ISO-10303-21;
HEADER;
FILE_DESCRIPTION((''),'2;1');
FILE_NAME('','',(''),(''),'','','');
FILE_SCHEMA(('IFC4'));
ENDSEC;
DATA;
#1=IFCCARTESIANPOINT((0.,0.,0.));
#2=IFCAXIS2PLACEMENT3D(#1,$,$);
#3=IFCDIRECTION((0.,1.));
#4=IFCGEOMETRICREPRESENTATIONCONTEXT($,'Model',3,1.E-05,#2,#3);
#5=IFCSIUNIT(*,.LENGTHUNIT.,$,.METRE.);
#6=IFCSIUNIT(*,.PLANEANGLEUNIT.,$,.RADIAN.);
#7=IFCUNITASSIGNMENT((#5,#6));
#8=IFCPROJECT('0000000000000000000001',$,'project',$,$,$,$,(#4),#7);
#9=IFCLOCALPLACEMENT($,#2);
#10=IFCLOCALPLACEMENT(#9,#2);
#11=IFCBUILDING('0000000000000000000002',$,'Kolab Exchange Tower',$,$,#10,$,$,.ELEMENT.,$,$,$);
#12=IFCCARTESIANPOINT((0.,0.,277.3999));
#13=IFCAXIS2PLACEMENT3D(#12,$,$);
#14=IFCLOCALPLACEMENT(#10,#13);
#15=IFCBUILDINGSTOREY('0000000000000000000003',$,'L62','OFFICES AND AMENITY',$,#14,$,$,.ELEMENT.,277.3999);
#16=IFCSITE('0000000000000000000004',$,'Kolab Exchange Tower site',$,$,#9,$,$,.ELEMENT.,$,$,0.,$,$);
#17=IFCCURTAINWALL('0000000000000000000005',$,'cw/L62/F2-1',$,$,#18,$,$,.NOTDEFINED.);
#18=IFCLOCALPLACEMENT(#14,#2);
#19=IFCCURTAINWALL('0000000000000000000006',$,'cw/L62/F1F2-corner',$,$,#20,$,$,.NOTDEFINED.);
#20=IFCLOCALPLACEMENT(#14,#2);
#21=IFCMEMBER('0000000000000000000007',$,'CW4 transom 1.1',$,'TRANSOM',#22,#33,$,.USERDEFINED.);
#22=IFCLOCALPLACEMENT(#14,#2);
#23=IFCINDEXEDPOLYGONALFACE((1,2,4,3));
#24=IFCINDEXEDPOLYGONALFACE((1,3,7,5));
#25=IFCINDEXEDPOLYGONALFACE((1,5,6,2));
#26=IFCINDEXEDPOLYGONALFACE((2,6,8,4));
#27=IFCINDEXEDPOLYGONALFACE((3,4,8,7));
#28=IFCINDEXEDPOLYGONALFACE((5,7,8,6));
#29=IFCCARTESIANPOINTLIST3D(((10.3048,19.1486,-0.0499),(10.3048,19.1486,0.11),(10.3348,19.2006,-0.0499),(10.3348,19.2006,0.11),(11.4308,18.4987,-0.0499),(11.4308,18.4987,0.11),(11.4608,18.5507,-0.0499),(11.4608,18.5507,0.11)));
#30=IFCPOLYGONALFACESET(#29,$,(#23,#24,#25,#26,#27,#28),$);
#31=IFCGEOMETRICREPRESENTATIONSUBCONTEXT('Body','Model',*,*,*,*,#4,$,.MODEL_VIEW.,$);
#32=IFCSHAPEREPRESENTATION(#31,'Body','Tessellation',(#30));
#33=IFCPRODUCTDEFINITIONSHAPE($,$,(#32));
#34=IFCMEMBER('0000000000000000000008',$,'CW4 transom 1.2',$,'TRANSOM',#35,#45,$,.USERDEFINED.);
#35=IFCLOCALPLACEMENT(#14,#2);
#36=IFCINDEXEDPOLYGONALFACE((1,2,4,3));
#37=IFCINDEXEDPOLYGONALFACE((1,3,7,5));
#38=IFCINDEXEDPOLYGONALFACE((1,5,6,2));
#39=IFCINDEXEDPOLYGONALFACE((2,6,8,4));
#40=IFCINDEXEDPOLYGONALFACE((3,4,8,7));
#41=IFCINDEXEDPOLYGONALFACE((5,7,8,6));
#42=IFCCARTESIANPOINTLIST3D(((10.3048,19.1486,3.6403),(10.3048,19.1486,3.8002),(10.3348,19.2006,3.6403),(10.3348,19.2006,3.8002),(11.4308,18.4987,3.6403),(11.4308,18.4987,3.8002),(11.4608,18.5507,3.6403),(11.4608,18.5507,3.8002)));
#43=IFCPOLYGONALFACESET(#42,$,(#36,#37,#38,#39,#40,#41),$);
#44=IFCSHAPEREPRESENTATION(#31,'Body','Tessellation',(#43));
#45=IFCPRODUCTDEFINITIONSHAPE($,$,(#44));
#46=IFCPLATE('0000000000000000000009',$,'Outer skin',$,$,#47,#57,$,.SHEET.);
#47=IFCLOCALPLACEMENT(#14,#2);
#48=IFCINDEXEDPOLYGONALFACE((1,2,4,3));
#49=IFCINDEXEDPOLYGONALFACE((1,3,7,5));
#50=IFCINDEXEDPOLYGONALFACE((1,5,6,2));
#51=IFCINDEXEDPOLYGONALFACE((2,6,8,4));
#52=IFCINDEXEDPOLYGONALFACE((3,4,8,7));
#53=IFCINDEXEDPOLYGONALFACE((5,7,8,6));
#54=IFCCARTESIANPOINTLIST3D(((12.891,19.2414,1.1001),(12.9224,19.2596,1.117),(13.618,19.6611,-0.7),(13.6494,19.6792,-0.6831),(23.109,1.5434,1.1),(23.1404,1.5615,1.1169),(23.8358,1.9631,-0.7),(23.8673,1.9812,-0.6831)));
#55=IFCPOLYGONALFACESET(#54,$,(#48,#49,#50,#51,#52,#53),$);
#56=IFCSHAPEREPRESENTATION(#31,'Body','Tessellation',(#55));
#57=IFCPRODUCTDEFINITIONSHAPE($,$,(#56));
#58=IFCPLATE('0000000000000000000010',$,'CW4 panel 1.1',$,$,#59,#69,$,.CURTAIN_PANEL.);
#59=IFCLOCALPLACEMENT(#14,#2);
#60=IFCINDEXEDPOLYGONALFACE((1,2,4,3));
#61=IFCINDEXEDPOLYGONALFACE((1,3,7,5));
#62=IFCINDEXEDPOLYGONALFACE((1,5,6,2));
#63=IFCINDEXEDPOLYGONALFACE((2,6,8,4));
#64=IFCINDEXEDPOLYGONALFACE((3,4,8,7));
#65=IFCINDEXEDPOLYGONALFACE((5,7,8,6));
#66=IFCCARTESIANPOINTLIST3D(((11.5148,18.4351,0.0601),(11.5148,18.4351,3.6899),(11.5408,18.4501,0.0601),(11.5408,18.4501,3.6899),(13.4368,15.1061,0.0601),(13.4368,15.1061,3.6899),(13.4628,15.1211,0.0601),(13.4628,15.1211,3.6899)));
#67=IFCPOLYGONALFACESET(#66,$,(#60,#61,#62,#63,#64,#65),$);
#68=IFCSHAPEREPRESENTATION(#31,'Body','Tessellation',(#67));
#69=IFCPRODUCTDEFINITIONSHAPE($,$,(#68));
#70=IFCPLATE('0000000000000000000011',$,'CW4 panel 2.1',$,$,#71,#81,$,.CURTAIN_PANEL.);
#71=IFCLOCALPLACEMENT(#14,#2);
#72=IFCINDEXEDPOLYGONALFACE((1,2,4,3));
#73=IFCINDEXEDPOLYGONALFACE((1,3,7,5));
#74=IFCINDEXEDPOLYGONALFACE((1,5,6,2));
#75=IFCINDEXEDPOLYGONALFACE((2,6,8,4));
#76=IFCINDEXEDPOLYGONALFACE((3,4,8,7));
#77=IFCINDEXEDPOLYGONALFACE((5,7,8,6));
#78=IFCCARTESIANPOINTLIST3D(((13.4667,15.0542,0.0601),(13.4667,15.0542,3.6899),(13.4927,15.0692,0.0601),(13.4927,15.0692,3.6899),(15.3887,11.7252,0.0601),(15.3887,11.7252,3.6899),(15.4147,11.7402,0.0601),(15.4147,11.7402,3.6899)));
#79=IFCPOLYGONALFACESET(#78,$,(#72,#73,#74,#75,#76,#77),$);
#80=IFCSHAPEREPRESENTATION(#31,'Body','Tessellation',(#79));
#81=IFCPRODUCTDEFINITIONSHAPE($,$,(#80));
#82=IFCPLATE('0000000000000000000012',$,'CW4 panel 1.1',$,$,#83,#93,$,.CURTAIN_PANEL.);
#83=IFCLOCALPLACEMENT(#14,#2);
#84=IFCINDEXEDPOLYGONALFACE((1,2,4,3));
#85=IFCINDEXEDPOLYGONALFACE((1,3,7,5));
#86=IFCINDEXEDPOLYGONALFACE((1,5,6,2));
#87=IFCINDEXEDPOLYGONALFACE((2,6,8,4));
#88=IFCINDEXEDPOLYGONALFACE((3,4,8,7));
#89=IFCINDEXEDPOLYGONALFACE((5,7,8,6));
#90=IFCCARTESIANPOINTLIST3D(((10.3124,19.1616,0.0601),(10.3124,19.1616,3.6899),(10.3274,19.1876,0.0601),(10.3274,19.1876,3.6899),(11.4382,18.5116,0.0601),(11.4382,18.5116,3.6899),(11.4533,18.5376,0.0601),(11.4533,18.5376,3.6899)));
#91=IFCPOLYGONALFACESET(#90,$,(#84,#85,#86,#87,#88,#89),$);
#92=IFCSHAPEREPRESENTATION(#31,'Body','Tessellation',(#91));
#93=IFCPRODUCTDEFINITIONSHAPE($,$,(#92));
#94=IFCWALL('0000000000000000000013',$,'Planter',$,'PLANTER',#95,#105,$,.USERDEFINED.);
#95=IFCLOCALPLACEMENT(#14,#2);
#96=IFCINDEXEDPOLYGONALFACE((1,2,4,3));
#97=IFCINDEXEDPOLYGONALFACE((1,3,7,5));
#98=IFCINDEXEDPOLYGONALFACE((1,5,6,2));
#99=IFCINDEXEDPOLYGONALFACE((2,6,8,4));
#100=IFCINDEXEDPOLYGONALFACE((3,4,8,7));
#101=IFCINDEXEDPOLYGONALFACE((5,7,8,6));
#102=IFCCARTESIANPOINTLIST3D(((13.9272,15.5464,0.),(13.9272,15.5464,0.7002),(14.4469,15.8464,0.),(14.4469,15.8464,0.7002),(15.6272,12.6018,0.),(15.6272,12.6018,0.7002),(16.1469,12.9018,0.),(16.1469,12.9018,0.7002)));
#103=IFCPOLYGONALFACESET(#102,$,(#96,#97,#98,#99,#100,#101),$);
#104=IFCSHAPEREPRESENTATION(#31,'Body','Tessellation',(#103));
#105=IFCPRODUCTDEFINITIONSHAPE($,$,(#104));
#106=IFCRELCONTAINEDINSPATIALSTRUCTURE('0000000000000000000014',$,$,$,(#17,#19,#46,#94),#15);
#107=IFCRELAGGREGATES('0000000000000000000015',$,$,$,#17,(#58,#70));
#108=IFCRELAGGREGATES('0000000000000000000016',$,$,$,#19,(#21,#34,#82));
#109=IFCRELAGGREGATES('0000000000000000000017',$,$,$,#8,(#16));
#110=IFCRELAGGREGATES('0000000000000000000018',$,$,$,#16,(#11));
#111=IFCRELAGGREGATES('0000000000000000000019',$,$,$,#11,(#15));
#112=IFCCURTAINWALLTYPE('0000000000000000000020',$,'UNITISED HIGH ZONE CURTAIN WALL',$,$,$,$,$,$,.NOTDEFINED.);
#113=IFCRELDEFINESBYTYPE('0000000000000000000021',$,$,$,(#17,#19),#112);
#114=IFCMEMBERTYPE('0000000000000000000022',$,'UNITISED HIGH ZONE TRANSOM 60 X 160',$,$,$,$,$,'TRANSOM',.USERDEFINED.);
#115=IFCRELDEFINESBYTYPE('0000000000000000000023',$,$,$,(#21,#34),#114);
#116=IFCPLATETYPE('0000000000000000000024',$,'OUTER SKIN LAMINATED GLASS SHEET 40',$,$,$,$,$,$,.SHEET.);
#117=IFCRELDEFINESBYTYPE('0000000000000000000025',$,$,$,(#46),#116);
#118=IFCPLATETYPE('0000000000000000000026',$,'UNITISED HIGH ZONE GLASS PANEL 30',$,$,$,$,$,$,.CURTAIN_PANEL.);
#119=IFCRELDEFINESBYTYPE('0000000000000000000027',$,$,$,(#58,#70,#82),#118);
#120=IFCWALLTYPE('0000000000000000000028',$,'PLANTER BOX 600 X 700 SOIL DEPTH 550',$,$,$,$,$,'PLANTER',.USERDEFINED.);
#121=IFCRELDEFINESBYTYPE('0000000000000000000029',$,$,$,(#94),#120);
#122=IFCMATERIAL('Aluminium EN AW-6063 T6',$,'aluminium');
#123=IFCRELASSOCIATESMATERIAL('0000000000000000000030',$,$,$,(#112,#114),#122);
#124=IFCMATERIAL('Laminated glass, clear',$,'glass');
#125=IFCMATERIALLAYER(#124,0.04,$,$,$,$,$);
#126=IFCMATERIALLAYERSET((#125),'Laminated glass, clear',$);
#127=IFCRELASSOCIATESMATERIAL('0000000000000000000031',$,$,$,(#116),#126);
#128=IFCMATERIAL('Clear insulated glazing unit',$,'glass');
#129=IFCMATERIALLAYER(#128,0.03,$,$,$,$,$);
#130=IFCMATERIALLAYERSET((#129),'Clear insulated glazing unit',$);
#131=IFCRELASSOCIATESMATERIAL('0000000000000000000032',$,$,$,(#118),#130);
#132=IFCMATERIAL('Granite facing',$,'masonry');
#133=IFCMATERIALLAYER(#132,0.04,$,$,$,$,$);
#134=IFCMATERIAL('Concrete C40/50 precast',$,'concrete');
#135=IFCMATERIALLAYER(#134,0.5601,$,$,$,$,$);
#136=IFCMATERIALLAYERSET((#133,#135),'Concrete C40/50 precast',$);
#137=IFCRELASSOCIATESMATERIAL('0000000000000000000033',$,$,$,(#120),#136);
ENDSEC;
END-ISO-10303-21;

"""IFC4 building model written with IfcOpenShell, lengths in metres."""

from ifc_helpers import new_model, si_unit, direction, frame, frame_2d, origin, origin_2d, place, context, subcontext, project, spatial, polyline, rectangle, outline, extrude, material, layer, layer_set, material_profile, profile_set, type_object, element, aggregate, save


model = new_model("IFC4")

# Units and contexts
model_context = context("Model", 3, precision=1e-05, world=origin(), true_north=direction((0.0, 1.0)))
body_context = subcontext(model_context, "Body", "Model", "MODEL_VIEW")
ifc_project = project(units=[si_unit("LENGTHUNIT", "METRE"), si_unit("PLANEANGLEUNIT", "RADIAN")], contexts=[model_context])

# Site, building, storey
site_placement = place(None, origin())
site = spatial("IfcSite", under=ifc_project, at=site_placement, Name="Kolab Exchange Tower site", CompositionType="ELEMENT", RefElevation=0.0)
building_placement = place(site_placement, origin())
building = spatial("IfcBuilding", under=site, at=building_placement, Name="Kolab Exchange Tower", CompositionType="ELEMENT")
storey_placement = place(building_placement, frame((0.0, 0.0, 277.3999)))
storey = spatial("IfcBuildingStorey", under=building, at=storey_placement, Name="L62", Description="OFFICES AND AMENITY", CompositionType="ELEMENT", Elevation=277.3999)

# Curtain wall
ifc_material_1 = material(Name="Aluminium EN AW-6063 T6", Category="aluminium")
curtain_wall_type = type_object("IfcCurtainWallType", Name="UNITISED HIGH ZONE CURTAIN WALL", PredefinedType="NOTDEFINED", material=ifc_material_1)
curtain_wall_1_placement = place(storey_placement, origin())
curtain_wall_1 = element("IfcCurtainWall", 1, at=curtain_wall_1_placement, inside=storey, type_object=curtain_wall_type, Name="cw/L62/F2-1", PredefinedType="NOTDEFINED")

# Curtain wall
curtain_wall_2_placement = place(storey_placement, origin())
curtain_wall_2 = element("IfcCurtainWall", 2, at=curtain_wall_2_placement, inside=storey, type_object=curtain_wall_type, Name="cw/L62/F1F2-corner", PredefinedType="NOTDEFINED")

# Members
ifc_material_profile_1 = material_profile(ifc_material_1, rectangle(XDim=0.0601, YDim=0.1599, at=origin_2d()), Name="RECT 60X160")
ifc_profile_set_1 = profile_set([ifc_material_profile_1], Name="Aluminium EN AW-6063 T6")
member_type_1 = type_object("IfcMemberType", Name="UNITISED HIGH ZONE TRANSOM 60 X 160", ElementType="TRANSOM", PredefinedType="USERDEFINED", material=ifc_profile_set_1)
member_1_placement = place(storey_placement, frame((10.3198, 19.1746, 0.03), z_axis=(0.866086, -0.499896, 0.0), x_axis=(0.499896, 0.866086, 0.0)))
member_1 = element("IfcMember", 3, at=member_1_placement, type_object=member_type_1, Name="CW4 transom 1.1", ObjectType="TRANSOM", PredefinedType="USERDEFINED", context=body_context, shape_type="SweptSolid", body=[
    extrude(rectangle(XDim=0.0601, YDim=0.1599, at=origin_2d()), origin(), (0.0, 0.0, 1.0), 1.3),
])
member_2_placement = place(storey_placement, frame((10.3198, 19.1746, 3.7202), z_axis=(0.866086, -0.499896, 0.0), x_axis=(0.499896, 0.866086, 0.0)))
member_2 = element("IfcMember", 4, at=member_2_placement, type_object=member_type_1, Name="CW4 transom 1.2", ObjectType="TRANSOM", PredefinedType="USERDEFINED", context=body_context, shape_type="SweptSolid", body=[
    extrude(rectangle(XDim=0.0601, YDim=0.1599, at=origin_2d()), origin(), (0.0, 0.0, 1.0), 1.3),
])

# Plates
ifc_material_2 = material(Name="Laminated glass, clear", Category="glass")
ifc_layer_1 = layer(ifc_material_2, 0.04)
ifc_layer_set_1 = layer_set([ifc_layer_1], Name="Laminated glass, clear")
plate_type_1 = type_object("IfcPlateType", Name="OUTER SKIN LAMINATED GLASS SHEET 40", PredefinedType="SHEET", material=ifc_layer_set_1)
plate_1_placement = place(storey_placement, frame((13.6494, 19.6792, -0.6831), z_axis=(0.784886, 0.453152, 0.422619), x_axis=(0.499997, -0.866027, 0.000002)))
element("IfcPlate", 5, at=plate_1_placement, inside=storey, type_object=plate_type_1, Name="Outer skin", PredefinedType="SHEET", context=body_context, shape_type="SweptSolid", body=[
    extrude(outline(polyline([(0.0, 0.0), (20.4358, 0.0), (20.4359, -1.9861), (-0.0001, -1.9862), (0.0, 0.0)])), origin(), (0.0, 0.0, -1.0), 0.04),
])
ifc_material_3 = material(Name="Clear insulated glazing unit", Category="glass")
ifc_layer_2 = layer(ifc_material_3, 0.03)
ifc_layer_set_2 = layer_set([ifc_layer_2], Name="Clear insulated glazing unit")
plate_type_2 = type_object("IfcPlateType", Name="UNITISED HIGH ZONE GLASS PANEL 30", PredefinedType="CURTAIN_PANEL", material=ifc_layer_set_2)
plate_2_placement = place(storey_placement, frame((12.4888, 16.7781, 0.0601), z_axis=(0.0, 0.0, 1.0), x_axis=(0.5, -0.866025, 0.0)))
plate_2 = element("IfcPlate", 6, at=plate_2_placement, type_object=plate_type_2, Name="CW4 panel 1.1", PredefinedType="CURTAIN_PANEL", context=body_context, shape_type="SweptSolid", body=[
    extrude(rectangle(XDim=3.844, YDim=0.03, at=origin_2d()), origin(), (0.0, 0.0, 1.0), 3.6299),
])
plate_3_placement = place(storey_placement, frame((14.4407, 13.3972, 0.0601), z_axis=(0.0, 0.0, 1.0), x_axis=(0.5, -0.866025, 0.0)))
plate_3 = element("IfcPlate", 7, at=plate_3_placement, type_object=plate_type_2, Name="CW4 panel 2.1", PredefinedType="CURTAIN_PANEL", context=body_context, shape_type="SweptSolid", body=[
    extrude(rectangle(XDim=3.844, YDim=0.03, at=origin_2d()), origin(), (0.0, 0.0, 1.0), 3.6299),
])
aggregate(curtain_wall_1, [plate_2, plate_3])
plate_4_placement = place(storey_placement, frame((10.8828, 18.8496, 0.0601), z_axis=(0.0, 0.0, 1.0), x_axis=(0.866025, -0.5, 0.0)))
plate_4 = element("IfcPlate", 8, at=plate_4_placement, type_object=plate_type_2, Name="CW4 panel 1.1", PredefinedType="CURTAIN_PANEL", context=body_context, shape_type="SweptSolid", body=[
    extrude(rectangle(XDim=1.3, YDim=0.03, at=origin_2d()), origin(), (0.0, 0.0, 1.0), 3.6299),
])
aggregate(curtain_wall_2, [member_1, member_2, plate_4])

# Wall
ifc_material_4 = material(Name="Granite facing", Category="masonry")
ifc_layer_3 = layer(ifc_material_4, 0.04)
ifc_material_5 = material(Name="Concrete C40/50 precast", Category="concrete")
ifc_layer_4 = layer(ifc_material_5, 0.5601)
ifc_layer_set_3 = layer_set([ifc_layer_3, ifc_layer_4], Name="Concrete C40/50 precast")
wall_type_1 = type_object("IfcWallType", Name="PLANTER BOX 600 X 700 SOIL DEPTH 550", ElementType="PLANTER", PredefinedType="USERDEFINED", material=ifc_layer_set_3)
wall_1_placement = place(storey_placement, frame((14.187, 15.6965, 0.0), z_axis=(0.0, 0.0, 1.0), x_axis=(0.499977, -0.866039, 0.0)))
element("IfcWall", 9, at=wall_1_placement, inside=storey, type_object=wall_type_1, Name="Planter", ObjectType="PLANTER", PredefinedType="USERDEFINED", context=body_context, shape_type="SweptSolid", body=[
    extrude(rectangle(XDim=3.4001, YDim=0.6001, at=frame_2d((1.7002, 0.0))), origin(), (0.0, 0.0, 1.0), 0.7002),
])

save(model, "model.ifc")
